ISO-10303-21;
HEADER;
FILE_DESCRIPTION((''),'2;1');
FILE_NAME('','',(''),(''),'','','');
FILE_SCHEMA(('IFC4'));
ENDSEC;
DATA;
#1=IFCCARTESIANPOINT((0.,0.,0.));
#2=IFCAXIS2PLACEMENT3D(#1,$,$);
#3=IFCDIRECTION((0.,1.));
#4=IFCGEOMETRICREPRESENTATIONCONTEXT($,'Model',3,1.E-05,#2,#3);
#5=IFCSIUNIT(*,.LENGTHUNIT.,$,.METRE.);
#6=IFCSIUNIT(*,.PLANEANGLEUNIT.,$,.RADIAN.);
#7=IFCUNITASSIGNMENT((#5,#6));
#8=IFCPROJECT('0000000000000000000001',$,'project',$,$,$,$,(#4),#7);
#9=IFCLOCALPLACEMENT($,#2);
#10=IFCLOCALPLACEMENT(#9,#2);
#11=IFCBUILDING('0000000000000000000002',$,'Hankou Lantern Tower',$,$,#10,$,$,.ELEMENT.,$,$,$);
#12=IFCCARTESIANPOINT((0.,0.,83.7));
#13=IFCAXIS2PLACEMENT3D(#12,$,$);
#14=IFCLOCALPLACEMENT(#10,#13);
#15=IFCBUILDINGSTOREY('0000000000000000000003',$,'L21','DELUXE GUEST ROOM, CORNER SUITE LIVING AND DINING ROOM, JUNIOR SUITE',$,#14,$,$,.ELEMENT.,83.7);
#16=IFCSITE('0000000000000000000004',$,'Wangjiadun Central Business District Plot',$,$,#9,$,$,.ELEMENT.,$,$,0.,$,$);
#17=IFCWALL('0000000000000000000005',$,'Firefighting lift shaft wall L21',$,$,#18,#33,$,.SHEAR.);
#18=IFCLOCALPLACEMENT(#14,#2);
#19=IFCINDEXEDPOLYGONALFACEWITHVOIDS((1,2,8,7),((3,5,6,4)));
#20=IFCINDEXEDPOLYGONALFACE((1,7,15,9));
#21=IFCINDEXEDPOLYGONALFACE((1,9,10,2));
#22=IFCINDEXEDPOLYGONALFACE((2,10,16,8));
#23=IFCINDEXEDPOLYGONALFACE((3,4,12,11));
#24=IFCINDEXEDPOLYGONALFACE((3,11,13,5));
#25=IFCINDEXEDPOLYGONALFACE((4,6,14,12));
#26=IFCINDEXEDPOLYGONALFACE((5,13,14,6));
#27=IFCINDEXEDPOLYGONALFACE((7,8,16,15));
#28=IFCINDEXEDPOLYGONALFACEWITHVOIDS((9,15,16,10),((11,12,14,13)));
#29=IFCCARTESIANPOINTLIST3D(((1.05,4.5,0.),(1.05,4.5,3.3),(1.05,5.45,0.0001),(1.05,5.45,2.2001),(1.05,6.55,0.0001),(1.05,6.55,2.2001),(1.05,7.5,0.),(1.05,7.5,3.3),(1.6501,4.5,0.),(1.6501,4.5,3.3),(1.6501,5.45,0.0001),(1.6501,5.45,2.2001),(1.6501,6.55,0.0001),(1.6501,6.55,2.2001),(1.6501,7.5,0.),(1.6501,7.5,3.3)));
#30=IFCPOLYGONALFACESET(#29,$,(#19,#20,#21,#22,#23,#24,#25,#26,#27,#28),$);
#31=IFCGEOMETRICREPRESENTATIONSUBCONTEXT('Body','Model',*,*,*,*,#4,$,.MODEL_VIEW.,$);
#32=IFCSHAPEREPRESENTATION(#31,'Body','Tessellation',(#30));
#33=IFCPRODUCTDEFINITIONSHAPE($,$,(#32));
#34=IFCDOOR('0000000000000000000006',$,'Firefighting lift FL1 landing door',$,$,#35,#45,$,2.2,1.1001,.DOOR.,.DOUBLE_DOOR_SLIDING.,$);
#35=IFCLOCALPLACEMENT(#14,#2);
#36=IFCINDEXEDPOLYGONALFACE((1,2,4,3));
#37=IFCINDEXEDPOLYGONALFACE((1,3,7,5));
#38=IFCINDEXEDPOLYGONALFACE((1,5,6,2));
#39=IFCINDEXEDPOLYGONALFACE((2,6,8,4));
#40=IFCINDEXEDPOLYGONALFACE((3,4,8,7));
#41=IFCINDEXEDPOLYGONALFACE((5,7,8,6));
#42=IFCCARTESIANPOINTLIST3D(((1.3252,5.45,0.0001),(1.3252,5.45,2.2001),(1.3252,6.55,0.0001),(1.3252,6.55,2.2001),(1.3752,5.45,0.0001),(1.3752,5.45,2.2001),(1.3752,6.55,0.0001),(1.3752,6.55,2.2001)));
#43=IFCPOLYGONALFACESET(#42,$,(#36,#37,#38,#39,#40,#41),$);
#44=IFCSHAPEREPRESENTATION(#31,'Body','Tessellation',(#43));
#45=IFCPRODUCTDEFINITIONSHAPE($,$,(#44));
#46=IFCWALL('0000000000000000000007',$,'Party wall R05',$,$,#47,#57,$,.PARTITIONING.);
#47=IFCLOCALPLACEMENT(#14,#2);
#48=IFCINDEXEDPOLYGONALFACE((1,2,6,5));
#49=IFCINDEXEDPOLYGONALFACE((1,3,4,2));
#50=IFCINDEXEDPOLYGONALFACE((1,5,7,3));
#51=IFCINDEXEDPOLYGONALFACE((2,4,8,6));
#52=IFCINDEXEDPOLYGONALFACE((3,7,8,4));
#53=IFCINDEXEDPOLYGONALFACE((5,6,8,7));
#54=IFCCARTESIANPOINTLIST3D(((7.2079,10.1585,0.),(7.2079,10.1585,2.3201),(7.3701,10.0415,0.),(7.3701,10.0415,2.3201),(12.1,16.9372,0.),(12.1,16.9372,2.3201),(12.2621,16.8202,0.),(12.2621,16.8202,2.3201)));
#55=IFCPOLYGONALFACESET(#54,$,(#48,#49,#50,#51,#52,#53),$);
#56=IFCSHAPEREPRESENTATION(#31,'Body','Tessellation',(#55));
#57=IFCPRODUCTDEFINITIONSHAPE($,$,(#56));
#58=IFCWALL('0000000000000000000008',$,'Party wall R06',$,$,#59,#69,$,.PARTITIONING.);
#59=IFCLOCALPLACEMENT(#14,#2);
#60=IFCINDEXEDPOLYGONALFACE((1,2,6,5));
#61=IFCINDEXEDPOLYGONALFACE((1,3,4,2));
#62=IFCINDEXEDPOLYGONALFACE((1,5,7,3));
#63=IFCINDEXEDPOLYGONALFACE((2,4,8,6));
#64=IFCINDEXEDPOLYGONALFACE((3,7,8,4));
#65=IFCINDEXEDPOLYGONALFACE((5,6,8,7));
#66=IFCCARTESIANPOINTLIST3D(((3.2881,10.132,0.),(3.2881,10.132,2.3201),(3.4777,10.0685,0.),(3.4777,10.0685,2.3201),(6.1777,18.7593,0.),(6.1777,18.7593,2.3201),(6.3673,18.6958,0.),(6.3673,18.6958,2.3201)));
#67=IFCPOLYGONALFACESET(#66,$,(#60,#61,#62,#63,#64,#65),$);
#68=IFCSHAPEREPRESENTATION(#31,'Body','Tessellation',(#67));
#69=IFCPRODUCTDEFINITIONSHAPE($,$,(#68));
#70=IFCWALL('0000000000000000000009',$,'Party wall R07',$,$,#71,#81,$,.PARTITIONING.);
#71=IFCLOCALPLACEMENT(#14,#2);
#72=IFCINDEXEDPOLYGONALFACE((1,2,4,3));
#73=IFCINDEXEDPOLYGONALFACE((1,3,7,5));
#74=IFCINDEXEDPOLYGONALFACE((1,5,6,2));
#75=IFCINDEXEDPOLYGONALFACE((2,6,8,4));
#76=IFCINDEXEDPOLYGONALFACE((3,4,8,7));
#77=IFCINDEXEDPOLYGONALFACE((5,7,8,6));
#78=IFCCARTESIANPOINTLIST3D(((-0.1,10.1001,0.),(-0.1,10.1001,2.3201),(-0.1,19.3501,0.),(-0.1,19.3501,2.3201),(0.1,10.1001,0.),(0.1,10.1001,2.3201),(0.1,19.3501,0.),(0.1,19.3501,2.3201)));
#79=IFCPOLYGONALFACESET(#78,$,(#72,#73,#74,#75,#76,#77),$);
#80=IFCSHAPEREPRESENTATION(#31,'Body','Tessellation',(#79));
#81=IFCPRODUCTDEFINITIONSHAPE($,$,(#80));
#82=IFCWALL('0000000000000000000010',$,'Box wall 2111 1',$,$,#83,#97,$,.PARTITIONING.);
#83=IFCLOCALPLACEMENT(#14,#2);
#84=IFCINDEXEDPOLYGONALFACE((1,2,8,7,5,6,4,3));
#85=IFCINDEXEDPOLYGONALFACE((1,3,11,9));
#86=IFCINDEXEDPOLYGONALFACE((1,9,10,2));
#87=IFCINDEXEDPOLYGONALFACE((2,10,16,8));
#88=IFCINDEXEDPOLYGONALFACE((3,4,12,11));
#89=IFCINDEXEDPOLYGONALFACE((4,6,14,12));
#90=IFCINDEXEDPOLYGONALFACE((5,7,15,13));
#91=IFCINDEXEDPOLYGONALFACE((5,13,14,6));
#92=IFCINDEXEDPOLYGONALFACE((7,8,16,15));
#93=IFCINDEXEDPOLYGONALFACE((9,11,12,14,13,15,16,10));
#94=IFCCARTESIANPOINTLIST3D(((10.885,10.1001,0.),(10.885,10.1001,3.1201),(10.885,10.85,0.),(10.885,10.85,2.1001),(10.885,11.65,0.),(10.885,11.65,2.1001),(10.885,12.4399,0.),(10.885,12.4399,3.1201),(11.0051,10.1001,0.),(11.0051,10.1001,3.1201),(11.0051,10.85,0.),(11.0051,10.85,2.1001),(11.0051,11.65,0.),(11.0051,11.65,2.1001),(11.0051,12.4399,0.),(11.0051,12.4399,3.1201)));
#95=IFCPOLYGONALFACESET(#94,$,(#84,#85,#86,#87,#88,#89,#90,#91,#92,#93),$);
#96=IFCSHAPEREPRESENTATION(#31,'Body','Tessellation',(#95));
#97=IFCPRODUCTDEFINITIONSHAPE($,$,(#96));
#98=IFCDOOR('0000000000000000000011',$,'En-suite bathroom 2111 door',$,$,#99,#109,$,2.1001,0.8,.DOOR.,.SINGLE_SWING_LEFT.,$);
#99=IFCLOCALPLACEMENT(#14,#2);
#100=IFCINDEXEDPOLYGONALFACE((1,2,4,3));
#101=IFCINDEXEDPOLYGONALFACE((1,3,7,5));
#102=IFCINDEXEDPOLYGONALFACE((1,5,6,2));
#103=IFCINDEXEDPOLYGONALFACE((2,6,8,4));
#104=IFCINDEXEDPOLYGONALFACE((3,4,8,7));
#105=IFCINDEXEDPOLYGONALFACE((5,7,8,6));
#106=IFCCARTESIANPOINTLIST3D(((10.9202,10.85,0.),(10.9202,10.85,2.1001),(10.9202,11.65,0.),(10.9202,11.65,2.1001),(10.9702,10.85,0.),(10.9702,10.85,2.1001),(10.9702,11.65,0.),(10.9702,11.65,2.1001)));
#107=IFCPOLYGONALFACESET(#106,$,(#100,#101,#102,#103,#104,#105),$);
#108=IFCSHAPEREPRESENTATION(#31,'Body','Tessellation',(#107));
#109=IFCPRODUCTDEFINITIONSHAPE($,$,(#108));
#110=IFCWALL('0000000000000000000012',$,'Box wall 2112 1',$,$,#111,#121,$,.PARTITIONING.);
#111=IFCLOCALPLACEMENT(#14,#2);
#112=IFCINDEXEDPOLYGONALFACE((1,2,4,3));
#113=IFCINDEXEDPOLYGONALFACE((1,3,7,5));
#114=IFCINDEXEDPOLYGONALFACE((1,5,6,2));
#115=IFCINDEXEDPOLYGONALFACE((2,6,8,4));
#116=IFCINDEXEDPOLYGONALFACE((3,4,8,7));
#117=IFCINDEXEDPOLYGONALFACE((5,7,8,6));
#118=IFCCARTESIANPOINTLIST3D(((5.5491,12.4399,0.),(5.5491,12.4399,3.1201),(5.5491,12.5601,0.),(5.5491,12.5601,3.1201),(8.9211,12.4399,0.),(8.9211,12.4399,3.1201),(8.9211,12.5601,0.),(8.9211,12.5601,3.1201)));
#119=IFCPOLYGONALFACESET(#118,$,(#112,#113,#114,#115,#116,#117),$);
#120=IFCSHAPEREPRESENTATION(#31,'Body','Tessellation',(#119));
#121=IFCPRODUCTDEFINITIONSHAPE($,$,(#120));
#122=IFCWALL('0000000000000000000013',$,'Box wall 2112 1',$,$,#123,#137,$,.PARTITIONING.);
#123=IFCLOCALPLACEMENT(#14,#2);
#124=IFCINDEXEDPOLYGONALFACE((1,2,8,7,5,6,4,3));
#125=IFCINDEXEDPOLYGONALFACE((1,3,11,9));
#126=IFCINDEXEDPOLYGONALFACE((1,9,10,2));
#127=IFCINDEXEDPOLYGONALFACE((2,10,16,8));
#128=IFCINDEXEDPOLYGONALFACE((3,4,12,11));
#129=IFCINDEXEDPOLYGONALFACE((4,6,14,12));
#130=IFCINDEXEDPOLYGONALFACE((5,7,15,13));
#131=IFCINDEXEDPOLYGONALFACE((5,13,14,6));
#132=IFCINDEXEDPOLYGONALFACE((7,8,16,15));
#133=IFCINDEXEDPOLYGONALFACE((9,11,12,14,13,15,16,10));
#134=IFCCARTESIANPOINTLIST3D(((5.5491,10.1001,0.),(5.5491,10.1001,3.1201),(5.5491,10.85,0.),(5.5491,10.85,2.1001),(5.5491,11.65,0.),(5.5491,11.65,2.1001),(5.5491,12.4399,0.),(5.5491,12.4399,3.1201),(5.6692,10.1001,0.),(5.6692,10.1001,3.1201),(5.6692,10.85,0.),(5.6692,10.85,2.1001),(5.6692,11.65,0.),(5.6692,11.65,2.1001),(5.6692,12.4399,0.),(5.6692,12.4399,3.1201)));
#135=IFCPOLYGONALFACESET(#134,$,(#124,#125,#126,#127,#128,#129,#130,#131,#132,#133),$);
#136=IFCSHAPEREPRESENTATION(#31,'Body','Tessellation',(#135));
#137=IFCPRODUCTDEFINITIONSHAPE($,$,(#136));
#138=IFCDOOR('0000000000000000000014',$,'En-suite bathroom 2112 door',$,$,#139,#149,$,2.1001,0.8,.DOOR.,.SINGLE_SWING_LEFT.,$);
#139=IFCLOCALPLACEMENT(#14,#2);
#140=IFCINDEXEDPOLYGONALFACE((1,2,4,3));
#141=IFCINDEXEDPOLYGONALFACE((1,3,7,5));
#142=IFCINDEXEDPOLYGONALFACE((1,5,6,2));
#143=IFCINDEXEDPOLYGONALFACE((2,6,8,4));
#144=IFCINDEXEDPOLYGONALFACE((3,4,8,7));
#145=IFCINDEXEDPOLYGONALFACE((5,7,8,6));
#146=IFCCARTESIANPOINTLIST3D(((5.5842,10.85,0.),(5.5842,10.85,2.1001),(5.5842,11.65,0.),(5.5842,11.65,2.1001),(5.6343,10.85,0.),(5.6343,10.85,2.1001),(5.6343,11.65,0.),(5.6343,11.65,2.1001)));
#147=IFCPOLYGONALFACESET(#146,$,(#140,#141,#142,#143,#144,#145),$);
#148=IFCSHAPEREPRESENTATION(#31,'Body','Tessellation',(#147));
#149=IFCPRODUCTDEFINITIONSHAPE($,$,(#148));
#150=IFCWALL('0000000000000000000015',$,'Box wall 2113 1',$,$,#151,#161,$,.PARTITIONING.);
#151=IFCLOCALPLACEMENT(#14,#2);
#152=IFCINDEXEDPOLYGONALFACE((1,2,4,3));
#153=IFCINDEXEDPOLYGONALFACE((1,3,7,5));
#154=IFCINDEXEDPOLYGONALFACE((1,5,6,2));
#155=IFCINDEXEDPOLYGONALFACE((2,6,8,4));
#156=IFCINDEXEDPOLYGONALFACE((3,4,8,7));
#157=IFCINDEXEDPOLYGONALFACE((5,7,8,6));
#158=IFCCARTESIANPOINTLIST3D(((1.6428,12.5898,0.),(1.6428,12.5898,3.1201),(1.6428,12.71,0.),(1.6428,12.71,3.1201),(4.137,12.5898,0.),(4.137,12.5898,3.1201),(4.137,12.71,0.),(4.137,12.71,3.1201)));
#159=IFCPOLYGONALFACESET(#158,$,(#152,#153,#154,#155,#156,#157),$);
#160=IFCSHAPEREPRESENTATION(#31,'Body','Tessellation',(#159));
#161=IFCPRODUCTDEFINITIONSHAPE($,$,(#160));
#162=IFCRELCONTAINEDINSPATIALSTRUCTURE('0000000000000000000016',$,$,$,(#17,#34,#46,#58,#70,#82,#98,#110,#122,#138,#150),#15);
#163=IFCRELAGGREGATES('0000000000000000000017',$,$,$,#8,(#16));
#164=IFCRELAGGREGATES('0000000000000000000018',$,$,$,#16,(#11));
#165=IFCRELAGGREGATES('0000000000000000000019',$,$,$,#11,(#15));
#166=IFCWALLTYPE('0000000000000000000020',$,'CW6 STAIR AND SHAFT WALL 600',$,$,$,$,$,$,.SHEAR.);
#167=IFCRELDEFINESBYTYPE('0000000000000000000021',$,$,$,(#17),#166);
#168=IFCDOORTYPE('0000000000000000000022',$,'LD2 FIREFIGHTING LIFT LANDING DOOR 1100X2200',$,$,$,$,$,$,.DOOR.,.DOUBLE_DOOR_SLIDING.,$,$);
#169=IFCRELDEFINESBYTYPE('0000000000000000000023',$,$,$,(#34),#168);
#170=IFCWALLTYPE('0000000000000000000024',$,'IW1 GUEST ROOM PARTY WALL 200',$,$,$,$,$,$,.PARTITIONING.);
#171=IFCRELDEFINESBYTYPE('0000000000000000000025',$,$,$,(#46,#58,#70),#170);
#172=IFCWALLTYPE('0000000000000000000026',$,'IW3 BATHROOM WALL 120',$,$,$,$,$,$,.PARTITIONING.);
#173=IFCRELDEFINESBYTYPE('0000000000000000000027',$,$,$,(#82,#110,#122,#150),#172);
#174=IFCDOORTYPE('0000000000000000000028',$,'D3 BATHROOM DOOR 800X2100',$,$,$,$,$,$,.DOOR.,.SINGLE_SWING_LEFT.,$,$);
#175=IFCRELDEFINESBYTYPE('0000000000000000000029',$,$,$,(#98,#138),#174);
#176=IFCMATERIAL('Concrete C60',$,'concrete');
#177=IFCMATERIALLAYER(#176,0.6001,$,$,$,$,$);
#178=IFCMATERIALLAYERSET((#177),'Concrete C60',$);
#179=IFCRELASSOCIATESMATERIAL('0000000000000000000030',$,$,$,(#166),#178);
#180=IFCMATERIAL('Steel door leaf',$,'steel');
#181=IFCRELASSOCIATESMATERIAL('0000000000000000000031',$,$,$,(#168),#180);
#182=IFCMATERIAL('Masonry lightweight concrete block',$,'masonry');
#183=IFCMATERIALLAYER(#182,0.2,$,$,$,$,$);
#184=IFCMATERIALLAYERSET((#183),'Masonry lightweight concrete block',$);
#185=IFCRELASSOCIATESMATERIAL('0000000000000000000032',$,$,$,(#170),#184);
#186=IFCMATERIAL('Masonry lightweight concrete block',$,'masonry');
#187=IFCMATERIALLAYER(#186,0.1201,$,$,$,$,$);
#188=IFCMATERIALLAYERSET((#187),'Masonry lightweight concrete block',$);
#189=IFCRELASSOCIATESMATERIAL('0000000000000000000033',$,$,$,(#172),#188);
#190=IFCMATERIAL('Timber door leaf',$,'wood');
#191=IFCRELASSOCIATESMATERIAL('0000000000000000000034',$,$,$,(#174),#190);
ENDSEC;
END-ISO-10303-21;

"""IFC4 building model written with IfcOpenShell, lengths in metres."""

from ifc_helpers import new_model, si_unit, direction, frame, frame_2d, origin, place, context, subcontext, project, spatial, rectangle, extrude, material, layer, layer_set, type_object, element, fill, save


model = new_model("IFC4")

# Units and contexts
model_context = context("Model", 3, precision=1e-05, world=origin(), true_north=direction((0.0, 1.0)))
body_context = subcontext(model_context, "Body", "Model", "MODEL_VIEW")
ifc_project = project(units=[si_unit("LENGTHUNIT", "METRE"), si_unit("PLANEANGLEUNIT", "RADIAN")], contexts=[model_context])

# Site, building, storey
site_placement = place(None, origin())
site = spatial("IfcSite", under=ifc_project, at=site_placement, Name="Wangjiadun Central Business District Plot", CompositionType="ELEMENT", RefElevation=0.0)
building_placement = place(site_placement, origin())
building = spatial("IfcBuilding", under=site, at=building_placement, Name="Hankou Lantern Tower", CompositionType="ELEMENT")
storey_placement = place(building_placement, frame((0.0, 0.0, 83.7)))
storey = spatial("IfcBuildingStorey", under=building, at=storey_placement, Name="L21", Description="DELUXE GUEST ROOM, CORNER SUITE LIVING AND DINING ROOM, JUNIOR SUITE", CompositionType="ELEMENT", Elevation=83.7)

# Wall, opening, door
ifc_material_1 = material(Name="Concrete C60", Category="concrete")
ifc_layer_1 = layer(ifc_material_1, 0.6001)
ifc_layer_set_1 = layer_set([ifc_layer_1], Name="Concrete C60")
wall_type_1 = type_object("IfcWallType", Name="CW6 STAIR AND SHAFT WALL 600", PredefinedType="SHEAR", material=ifc_layer_set_1)
wall_1_placement = place(storey_placement, frame((1.3501, 4.5, 0.0), z_axis=(0.0, 0.0, 1.0), x_axis=(0.0, 1.0, 0.0)))
wall_1 = element("IfcWall", 1, at=wall_1_placement, inside=storey, type_object=wall_type_1, Name="Firefighting lift shaft wall L21", PredefinedType="SHEAR", context=body_context, shape_type="SweptSolid", body=[
    extrude(rectangle(XDim=3.0, YDim=0.6001, at=frame_2d((1.5, 0.0))), origin(), (0.0, 0.0, 1.0), 3.3),
])
opening_1_placement = place(wall_1_placement, frame((0.95, 0.0, 0.0)))
opening_1 = element("IfcOpeningElement", 2, at=opening_1_placement, cuts=wall_1, PredefinedType="OPENING", context=body_context, shape_type="SweptSolid", body=[
    extrude(rectangle(XDim=1.1001, YDim=2.2, at=frame_2d((0.55, 1.1001))), frame((0.0, 0.3101, 0.0), z_axis=(0.0, -1.0, 0.0), x_axis=(1.0, 0.0, 0.0)), (0.0, 0.0, 1.0), 0.6201),
])
ifc_material_2 = material(Name="Steel door leaf", Category="steel")
door_type_1 = type_object("IfcDoorType", Name="LD2 FIREFIGHTING LIFT LANDING DOOR 1100X2200", OperationType="DOUBLE_DOOR_SLIDING", PredefinedType="DOOR", material=ifc_material_2)
door_1_placement = place(opening_1_placement, origin())
door_1 = element("IfcDoor", 3, at=door_1_placement, inside=storey, type_object=door_type_1, Name="Firefighting lift FL1 landing door", OperationType="DOUBLE_DOOR_SLIDING", OverallHeight=2.2, OverallWidth=1.1001, PredefinedType="DOOR", context=body_context, shape_type="SweptSolid", body=[
    extrude(rectangle(XDim=1.1001, YDim=2.2, at=frame_2d((0.55, 1.1001))), frame((0.0, 0.0249, 0.0), z_axis=(0.0, -1.0, 0.0), x_axis=(1.0, 0.0, 0.0)), (0.0, 0.0, 1.0), 0.05),
])
fill(opening_1, door_1)

# Walls
ifc_material_3 = material(Name="Masonry lightweight concrete block", Category="masonry")
ifc_layer_2 = layer(ifc_material_3, 0.2)
ifc_layer_set_2 = layer_set([ifc_layer_2], Name="Masonry lightweight concrete block")
wall_type_2 = type_object("IfcWallType", Name="IW1 GUEST ROOM PARTY WALL 200", PredefinedType="PARTITIONING", material=ifc_layer_set_2)
wall_2_placement = place(storey_placement, frame((7.2891, 10.1001, 0.0), z_axis=(0.0, 0.0, 1.0), x_axis=(0.585198, 0.81089, 0.0)))
element("IfcWall", 4, at=wall_2_placement, inside=storey, type_object=wall_type_2, Name="Party wall R05", PredefinedType="PARTITIONING", context=body_context, shape_type="SweptSolid", body=[
    extrude(rectangle(XDim=8.3596, YDim=0.2, at=frame_2d((4.1797, 0.0))), origin(), (0.0, 0.0, 1.0), 2.3201),
])
wall_3_placement = place(storey_placement, frame((3.3828, 10.1001, 0.0), z_axis=(0.0, 0.0, 1.0), x_axis=(0.317596, 0.948226, 0.0)))
element("IfcWall", 5, at=wall_3_placement, inside=storey, type_object=wall_type_2, Name="Party wall R06", PredefinedType="PARTITIONING", context=body_context, shape_type="SweptSolid", body=[
    extrude(rectangle(XDim=9.0984, YDim=0.2, at=frame_2d((4.5493, 0.0))), origin(), (0.0, 0.0, 1.0), 2.3201),
])
wall_4_placement = place(storey_placement, frame((0.0, 10.1001, 0.0), z_axis=(0.0, 0.0, 1.0), x_axis=(0.0, 1.0, 0.0)))
element("IfcWall", 6, at=wall_4_placement, inside=storey, type_object=wall_type_2, Name="Party wall R07", PredefinedType="PARTITIONING", context=body_context, shape_type="SweptSolid", body=[
    extrude(rectangle(XDim=9.25, YDim=0.2, at=frame_2d((4.625, 0.0))), origin(), (0.0, 0.0, 1.0), 2.3201),
])

# Wall, opening, door
ifc_material_4 = material(Name="Masonry lightweight concrete block", Category="masonry")
ifc_layer_3 = layer(ifc_material_4, 0.1201)
ifc_layer_set_3 = layer_set([ifc_layer_3], Name="Masonry lightweight concrete block")
wall_type_3 = type_object("IfcWallType", Name="IW3 BATHROOM WALL 120", PredefinedType="PARTITIONING", material=ifc_layer_set_3)
wall_5_placement = place(storey_placement, frame((10.9451, 10.1001, 0.0), z_axis=(0.0, 0.0, 1.0), x_axis=(0.0, 1.0, 0.0)))
wall_5 = element("IfcWall", 7, at=wall_5_placement, inside=storey, type_object=wall_type_3, Name="Box wall 2111 1", PredefinedType="PARTITIONING", context=body_context, shape_type="SweptSolid", body=[
    extrude(rectangle(XDim=2.3398, YDim=0.1201, at=frame_2d((1.1699, 0.0))), origin(), (0.0, 0.0, 1.0), 3.1201),
])
opening_2_placement = place(wall_5_placement, frame((0.75, 0.0, 0.0)))
opening_2 = element("IfcOpeningElement", 8, at=opening_2_placement, cuts=wall_5, PredefinedType="OPENING", context=body_context, shape_type="SweptSolid", body=[
    extrude(rectangle(XDim=0.8, YDim=2.1001, at=frame_2d((0.3999, 1.05))), frame((0.0, 0.0701, 0.0), z_axis=(0.0, -1.0, 0.0), x_axis=(1.0, 0.0, 0.0)), (0.0, 0.0, 1.0), 0.1401),
])
ifc_material_5 = material(Name="Timber door leaf", Category="wood")
door_type_2 = type_object("IfcDoorType", Name="D3 BATHROOM DOOR 800X2100", OperationType="SINGLE_SWING_LEFT", PredefinedType="DOOR", material=ifc_material_5)
door_2_placement = place(opening_2_placement, origin())
door_2 = element("IfcDoor", 9, at=door_2_placement, inside=storey, type_object=door_type_2, Name="En-suite bathroom 2111 door", OperationType="SINGLE_SWING_LEFT", OverallHeight=2.1001, OverallWidth=0.8, PredefinedType="DOOR", context=body_context, shape_type="SweptSolid", body=[
    extrude(rectangle(XDim=0.8, YDim=2.1001, at=frame_2d((0.3999, 1.05))), frame((0.0, 0.0249, 0.0), z_axis=(0.0, -1.0, 0.0), x_axis=(1.0, 0.0, 0.0)), (0.0, 0.0, 1.0), 0.05),
])
fill(opening_2, door_2)

# Wall
wall_6_placement = place(storey_placement, frame((8.9211, 12.5, 0.0), z_axis=(0.0, 0.0, 1.0), x_axis=(-1.0, 0.0, 0.0)))
element("IfcWall", 10, at=wall_6_placement, inside=storey, type_object=wall_type_3, Name="Box wall 2112 1", PredefinedType="PARTITIONING", context=body_context, shape_type="SweptSolid", body=[
    extrude(rectangle(XDim=3.3721, YDim=0.1201, at=frame_2d((1.686, 0.0))), origin(), (0.0, 0.0, 1.0), 3.1201),
])

# Wall, opening, door
wall_7_placement = place(storey_placement, frame((5.6091, 10.1001, 0.0), z_axis=(0.0, 0.0, 1.0), x_axis=(0.0, 1.0, 0.0)))
wall_7 = element("IfcWall", 11, at=wall_7_placement, inside=storey, type_object=wall_type_3, Name="Box wall 2112 1", PredefinedType="PARTITIONING", context=body_context, shape_type="SweptSolid", body=[
    extrude(rectangle(XDim=2.3398, YDim=0.1201, at=frame_2d((1.1699, 0.0))), origin(), (0.0, 0.0, 1.0), 3.1201),
])
opening_3_placement = place(wall_7_placement, frame((0.75, 0.0, 0.0)))
opening_3 = element("IfcOpeningElement", 12, at=opening_3_placement, cuts=wall_7, PredefinedType="OPENING", context=body_context, shape_type="SweptSolid", body=[
    extrude(rectangle(XDim=0.8, YDim=2.1001, at=frame_2d((0.3999, 1.05))), frame((0.0, 0.0701, 0.0), z_axis=(0.0, -1.0, 0.0), x_axis=(1.0, 0.0, 0.0)), (0.0, 0.0, 1.0), 0.1401),
])
door_3_placement = place(opening_3_placement, origin())
door_3 = element("IfcDoor", 13, at=door_3_placement, inside=storey, type_object=door_type_2, Name="En-suite bathroom 2112 door", OperationType="SINGLE_SWING_LEFT", OverallHeight=2.1001, OverallWidth=0.8, PredefinedType="DOOR", context=body_context, shape_type="SweptSolid", body=[
    extrude(rectangle(XDim=0.8, YDim=2.1001, at=frame_2d((0.3999, 1.05))), frame((0.0, 0.0249, 0.0), z_axis=(0.0, -1.0, 0.0), x_axis=(1.0, 0.0, 0.0)), (0.0, 0.0, 1.0), 0.05),
])
fill(opening_3, door_3)

# Wall
wall_8_placement = place(storey_placement, frame((4.137, 12.6499, 0.0), z_axis=(0.0, 0.0, 1.0), x_axis=(-1.0, 0.0, 0.0)))
element("IfcWall", 14, at=wall_8_placement, inside=storey, type_object=wall_type_3, Name="Box wall 2113 1", PredefinedType="PARTITIONING", context=body_context, shape_type="SweptSolid", body=[
    extrude(rectangle(XDim=2.4941, YDim=0.1201, at=frame_2d((1.2471, 0.0))), origin(), (0.0, 0.0, 1.0), 3.1201),
])

save(model, "model.ifc")
